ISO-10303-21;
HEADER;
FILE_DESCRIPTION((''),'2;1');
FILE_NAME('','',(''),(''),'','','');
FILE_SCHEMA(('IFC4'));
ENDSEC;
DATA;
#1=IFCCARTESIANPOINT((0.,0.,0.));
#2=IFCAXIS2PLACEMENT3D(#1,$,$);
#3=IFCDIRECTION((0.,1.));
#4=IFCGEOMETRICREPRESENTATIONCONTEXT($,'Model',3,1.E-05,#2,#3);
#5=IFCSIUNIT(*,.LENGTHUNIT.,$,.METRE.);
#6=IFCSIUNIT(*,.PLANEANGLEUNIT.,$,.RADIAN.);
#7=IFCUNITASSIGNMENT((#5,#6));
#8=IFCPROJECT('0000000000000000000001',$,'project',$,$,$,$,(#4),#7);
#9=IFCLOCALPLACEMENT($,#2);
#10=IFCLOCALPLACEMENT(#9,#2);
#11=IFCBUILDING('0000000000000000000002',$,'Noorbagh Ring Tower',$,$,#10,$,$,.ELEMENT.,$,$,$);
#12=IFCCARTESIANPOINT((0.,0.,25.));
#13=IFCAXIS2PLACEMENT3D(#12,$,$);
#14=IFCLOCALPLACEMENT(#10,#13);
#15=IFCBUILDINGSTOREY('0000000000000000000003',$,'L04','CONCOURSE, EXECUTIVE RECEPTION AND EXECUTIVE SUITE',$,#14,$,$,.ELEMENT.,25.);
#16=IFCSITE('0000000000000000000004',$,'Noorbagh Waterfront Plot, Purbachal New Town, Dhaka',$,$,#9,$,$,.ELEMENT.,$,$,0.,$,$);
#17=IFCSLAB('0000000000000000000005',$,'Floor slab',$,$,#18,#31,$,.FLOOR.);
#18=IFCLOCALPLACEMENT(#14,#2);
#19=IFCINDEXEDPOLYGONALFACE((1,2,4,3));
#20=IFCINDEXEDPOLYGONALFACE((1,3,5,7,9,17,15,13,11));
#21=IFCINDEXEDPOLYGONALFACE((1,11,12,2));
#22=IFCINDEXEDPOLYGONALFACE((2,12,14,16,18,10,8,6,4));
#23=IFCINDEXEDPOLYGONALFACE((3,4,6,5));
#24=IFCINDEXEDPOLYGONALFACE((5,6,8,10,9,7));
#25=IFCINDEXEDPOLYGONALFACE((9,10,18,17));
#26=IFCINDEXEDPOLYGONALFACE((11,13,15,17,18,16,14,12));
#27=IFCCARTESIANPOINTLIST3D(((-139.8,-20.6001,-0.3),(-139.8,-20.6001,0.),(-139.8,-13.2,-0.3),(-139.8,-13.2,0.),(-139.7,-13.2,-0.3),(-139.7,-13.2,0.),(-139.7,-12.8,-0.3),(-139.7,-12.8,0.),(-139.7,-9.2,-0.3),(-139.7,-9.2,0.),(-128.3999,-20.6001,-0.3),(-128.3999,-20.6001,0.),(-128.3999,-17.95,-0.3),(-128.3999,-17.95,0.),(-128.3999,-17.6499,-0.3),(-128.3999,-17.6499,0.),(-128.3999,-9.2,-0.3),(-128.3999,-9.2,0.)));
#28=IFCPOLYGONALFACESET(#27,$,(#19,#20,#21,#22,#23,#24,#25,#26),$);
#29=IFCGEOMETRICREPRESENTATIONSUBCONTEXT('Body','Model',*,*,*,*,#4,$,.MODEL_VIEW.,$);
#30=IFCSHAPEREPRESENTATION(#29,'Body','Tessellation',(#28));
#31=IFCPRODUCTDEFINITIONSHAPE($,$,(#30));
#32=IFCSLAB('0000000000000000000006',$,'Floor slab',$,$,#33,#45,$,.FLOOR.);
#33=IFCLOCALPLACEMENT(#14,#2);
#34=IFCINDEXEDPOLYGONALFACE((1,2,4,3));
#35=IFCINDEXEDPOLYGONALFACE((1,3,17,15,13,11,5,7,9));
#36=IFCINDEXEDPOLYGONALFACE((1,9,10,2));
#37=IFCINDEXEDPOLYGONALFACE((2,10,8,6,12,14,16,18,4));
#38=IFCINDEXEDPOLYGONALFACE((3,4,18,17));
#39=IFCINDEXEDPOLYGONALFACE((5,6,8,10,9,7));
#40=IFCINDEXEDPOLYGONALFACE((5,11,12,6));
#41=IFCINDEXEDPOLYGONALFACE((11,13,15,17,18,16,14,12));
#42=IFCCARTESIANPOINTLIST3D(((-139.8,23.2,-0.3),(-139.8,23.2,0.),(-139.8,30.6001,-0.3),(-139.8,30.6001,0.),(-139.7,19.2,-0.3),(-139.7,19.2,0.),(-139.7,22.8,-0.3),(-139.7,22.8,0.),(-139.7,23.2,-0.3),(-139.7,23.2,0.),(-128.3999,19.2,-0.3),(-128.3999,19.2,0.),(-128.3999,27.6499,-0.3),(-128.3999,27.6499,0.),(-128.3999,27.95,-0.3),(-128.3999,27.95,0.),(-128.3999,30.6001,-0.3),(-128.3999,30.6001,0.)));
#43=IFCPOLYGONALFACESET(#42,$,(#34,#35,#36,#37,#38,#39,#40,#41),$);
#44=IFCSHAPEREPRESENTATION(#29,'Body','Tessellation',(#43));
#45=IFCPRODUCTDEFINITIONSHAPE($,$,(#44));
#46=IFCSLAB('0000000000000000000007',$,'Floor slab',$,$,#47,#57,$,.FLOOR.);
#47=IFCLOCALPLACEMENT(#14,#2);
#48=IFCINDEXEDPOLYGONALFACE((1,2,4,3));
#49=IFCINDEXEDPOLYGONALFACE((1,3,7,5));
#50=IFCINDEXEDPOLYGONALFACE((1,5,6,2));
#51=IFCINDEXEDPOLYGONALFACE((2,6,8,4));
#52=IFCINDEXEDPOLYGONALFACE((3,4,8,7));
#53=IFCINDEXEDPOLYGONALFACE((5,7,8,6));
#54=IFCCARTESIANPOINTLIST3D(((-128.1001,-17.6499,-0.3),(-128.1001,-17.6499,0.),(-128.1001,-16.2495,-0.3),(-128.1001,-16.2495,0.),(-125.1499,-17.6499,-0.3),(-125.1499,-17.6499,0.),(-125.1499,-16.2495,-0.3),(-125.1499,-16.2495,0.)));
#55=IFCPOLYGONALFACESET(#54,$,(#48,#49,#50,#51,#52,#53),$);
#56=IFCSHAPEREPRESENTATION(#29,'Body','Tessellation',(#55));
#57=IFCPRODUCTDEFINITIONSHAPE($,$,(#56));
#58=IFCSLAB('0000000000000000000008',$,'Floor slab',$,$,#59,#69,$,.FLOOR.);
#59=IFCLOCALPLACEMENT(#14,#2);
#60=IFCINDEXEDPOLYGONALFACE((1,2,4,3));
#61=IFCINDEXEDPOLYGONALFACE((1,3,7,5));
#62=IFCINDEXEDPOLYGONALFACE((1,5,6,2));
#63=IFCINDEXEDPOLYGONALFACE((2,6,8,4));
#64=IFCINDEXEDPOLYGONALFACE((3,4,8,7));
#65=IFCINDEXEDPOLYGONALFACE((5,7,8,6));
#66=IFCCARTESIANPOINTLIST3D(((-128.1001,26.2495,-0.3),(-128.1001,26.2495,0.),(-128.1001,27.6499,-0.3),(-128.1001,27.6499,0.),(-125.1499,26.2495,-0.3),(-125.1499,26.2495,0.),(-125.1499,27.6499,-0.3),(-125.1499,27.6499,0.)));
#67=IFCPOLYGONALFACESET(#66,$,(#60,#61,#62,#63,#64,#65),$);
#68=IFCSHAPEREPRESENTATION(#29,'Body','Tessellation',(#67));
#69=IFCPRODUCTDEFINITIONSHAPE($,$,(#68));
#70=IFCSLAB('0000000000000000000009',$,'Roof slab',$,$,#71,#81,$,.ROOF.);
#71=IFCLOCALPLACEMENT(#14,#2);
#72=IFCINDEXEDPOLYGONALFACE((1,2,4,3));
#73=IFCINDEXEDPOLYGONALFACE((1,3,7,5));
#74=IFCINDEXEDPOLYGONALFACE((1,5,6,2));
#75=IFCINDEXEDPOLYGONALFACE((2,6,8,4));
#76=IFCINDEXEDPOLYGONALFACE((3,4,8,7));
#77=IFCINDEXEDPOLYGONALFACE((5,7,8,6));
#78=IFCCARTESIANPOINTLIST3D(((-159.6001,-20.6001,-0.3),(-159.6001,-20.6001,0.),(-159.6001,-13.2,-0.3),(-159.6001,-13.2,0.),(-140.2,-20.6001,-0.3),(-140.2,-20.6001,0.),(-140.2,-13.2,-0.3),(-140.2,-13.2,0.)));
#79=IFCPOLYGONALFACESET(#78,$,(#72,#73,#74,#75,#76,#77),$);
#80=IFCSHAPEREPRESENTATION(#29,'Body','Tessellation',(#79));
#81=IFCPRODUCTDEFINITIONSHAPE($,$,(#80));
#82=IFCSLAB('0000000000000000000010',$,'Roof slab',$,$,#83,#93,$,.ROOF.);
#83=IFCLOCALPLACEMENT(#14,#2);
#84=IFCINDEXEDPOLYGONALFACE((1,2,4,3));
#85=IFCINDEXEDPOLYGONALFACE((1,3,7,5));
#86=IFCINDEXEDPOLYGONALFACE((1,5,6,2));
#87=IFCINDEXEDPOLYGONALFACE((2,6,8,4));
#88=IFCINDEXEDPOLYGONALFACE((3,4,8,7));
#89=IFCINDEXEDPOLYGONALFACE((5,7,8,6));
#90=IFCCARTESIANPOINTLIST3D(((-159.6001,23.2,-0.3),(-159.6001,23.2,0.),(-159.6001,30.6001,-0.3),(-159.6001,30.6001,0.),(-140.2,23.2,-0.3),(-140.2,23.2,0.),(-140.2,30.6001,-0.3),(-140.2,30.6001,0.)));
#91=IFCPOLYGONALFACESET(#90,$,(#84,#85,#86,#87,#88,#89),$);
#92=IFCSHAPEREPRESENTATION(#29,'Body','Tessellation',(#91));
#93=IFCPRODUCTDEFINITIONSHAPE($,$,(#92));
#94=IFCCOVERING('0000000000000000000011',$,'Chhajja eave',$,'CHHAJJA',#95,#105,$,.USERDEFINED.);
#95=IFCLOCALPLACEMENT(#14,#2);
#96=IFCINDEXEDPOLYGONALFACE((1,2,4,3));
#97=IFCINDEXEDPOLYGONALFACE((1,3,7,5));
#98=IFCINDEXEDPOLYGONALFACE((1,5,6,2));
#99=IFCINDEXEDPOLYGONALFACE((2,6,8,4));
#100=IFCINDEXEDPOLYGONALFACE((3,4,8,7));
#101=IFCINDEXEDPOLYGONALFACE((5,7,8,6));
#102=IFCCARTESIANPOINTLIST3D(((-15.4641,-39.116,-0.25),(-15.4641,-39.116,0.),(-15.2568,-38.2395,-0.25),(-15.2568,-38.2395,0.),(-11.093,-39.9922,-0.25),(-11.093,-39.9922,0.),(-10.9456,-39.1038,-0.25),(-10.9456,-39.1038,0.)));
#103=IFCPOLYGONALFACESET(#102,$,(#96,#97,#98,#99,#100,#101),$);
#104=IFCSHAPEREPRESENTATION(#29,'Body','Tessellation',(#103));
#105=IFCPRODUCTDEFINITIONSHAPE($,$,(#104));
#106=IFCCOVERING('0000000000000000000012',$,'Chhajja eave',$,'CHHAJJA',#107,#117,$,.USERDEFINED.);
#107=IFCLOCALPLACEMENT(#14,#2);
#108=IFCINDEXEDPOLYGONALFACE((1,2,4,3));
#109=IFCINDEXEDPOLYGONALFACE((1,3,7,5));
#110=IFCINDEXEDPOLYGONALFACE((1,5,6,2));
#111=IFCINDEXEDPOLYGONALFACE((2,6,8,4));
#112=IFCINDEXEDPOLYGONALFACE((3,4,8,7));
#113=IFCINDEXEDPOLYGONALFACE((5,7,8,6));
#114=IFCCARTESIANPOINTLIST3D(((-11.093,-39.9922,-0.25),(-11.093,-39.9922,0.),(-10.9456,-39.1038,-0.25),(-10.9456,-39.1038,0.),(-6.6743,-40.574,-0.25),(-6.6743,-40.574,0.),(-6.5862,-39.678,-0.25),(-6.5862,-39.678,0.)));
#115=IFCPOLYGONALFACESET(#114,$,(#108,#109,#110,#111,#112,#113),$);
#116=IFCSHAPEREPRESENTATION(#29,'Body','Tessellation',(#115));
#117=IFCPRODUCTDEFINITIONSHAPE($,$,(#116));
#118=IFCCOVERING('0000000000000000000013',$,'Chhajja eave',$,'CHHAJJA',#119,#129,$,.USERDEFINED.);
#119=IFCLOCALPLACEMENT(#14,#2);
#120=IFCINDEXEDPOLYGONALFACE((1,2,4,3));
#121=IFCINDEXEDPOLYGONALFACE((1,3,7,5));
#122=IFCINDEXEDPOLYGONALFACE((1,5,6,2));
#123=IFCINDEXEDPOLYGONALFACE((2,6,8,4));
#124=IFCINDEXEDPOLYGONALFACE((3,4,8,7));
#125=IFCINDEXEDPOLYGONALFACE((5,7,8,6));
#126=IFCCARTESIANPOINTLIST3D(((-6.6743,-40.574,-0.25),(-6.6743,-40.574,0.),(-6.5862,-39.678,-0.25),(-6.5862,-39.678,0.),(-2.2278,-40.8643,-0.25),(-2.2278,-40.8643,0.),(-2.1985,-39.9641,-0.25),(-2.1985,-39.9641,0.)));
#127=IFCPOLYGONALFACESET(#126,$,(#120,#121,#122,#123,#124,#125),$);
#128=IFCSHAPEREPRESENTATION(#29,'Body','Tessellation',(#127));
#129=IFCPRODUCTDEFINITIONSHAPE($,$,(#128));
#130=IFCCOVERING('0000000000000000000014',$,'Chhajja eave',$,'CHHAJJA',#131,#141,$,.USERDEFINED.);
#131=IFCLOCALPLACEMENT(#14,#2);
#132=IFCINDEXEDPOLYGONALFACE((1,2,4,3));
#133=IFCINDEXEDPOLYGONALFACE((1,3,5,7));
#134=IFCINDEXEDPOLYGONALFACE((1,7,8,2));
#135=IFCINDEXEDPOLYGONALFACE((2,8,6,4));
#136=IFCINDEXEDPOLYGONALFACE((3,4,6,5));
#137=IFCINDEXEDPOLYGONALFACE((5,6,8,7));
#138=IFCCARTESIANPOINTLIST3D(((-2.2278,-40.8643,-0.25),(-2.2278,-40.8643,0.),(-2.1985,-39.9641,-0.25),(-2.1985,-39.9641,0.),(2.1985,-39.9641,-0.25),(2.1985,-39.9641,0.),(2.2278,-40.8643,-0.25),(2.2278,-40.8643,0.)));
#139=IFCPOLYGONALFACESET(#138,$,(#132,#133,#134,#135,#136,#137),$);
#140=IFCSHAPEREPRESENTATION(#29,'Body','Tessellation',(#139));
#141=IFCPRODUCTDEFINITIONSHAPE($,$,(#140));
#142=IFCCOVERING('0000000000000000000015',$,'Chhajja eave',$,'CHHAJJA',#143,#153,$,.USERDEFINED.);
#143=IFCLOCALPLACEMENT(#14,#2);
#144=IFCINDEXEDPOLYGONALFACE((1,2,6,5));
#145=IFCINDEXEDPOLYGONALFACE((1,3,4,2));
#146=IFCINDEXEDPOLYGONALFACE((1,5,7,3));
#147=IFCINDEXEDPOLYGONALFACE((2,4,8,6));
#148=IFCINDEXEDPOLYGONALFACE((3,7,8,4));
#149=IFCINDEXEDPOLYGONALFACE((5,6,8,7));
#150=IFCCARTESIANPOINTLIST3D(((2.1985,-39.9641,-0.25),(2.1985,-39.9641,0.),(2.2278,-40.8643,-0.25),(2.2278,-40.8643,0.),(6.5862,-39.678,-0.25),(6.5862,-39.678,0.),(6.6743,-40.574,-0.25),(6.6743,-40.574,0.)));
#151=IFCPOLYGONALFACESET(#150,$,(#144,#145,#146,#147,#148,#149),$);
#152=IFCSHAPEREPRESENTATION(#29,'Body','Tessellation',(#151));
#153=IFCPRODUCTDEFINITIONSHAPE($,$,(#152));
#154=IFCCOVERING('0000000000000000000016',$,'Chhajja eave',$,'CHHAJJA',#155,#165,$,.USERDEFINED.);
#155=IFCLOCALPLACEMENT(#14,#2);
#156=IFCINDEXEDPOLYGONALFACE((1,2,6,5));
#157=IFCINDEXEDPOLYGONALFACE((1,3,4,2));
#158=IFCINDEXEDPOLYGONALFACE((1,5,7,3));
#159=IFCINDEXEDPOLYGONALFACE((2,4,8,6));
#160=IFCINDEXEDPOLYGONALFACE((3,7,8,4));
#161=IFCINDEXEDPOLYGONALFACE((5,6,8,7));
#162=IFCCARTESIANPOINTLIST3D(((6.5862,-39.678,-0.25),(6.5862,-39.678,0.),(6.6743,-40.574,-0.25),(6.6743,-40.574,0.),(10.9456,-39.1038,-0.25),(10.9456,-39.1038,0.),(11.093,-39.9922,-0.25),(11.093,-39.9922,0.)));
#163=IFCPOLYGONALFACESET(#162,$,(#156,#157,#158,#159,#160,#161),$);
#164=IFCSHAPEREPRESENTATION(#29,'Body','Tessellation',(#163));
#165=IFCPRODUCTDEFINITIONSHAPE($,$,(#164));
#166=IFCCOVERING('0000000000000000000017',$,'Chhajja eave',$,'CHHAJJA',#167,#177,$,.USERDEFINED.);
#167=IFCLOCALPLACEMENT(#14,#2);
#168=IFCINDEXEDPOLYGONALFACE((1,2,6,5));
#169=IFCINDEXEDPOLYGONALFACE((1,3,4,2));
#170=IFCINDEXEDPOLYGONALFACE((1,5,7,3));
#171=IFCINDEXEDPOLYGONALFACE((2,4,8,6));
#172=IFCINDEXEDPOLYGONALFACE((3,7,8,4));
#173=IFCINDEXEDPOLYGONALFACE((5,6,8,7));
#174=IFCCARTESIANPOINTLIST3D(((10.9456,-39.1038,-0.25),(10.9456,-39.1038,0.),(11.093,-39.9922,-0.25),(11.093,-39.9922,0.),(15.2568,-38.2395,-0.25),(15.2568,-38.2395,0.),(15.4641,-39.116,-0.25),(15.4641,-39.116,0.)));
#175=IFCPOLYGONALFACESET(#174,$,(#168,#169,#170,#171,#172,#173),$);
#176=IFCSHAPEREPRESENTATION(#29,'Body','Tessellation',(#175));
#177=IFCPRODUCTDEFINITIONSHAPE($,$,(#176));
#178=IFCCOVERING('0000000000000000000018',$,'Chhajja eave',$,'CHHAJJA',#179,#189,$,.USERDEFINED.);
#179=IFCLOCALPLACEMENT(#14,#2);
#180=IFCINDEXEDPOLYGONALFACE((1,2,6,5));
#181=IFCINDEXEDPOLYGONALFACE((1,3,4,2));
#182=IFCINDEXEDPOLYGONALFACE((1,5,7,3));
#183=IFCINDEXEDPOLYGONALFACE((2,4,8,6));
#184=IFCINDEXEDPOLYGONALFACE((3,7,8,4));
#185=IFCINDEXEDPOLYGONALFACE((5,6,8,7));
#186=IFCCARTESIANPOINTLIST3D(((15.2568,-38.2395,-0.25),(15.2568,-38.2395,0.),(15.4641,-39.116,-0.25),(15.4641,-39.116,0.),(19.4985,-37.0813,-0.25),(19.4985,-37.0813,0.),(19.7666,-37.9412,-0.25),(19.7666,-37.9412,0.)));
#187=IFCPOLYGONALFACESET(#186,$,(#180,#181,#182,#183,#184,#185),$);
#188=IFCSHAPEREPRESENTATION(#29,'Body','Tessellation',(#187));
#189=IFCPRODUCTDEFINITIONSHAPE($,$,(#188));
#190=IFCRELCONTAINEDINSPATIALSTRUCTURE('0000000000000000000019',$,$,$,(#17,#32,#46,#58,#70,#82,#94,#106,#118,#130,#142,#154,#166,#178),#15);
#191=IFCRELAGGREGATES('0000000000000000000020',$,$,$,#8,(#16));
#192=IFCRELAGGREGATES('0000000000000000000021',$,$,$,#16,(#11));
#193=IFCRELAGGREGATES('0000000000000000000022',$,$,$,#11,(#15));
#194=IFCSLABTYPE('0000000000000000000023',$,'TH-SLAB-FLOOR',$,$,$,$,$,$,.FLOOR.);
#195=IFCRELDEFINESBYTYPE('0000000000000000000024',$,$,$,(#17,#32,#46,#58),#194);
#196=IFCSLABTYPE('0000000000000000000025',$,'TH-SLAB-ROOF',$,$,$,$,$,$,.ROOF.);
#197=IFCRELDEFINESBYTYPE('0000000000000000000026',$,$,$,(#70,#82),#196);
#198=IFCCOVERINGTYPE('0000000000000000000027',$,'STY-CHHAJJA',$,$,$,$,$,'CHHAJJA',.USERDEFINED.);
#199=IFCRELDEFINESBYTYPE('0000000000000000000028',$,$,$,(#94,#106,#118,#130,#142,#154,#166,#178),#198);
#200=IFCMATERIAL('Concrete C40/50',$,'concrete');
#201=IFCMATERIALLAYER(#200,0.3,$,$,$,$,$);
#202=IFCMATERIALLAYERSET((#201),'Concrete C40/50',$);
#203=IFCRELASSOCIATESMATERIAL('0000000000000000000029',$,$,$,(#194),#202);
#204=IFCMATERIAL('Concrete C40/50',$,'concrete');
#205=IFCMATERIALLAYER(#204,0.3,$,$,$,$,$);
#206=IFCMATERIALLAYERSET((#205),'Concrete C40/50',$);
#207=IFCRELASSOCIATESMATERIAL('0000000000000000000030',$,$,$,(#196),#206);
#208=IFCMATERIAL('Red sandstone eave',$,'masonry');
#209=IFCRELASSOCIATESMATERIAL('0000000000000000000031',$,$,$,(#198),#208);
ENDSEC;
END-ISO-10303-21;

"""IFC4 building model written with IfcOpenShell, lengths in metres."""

from ifc_helpers import new_model, si_unit, direction, frame, origin, place, context, subcontext, project, spatial, polyline, outline, extrude, material, layer, layer_set, type_object, element, save


model = new_model("IFC4")

# Units and contexts
model_context = context("Model", 3, precision=1e-05, world=origin(), true_north=direction((0.0, 1.0)))
body_context = subcontext(model_context, "Body", "Model", "MODEL_VIEW")
ifc_project = project(units=[si_unit("LENGTHUNIT", "METRE"), si_unit("PLANEANGLEUNIT", "RADIAN")], contexts=[model_context])

# Site, building, storey
site_placement = place(None, origin())
site = spatial("IfcSite", under=ifc_project, at=site_placement, Name="Noorbagh Waterfront Plot, Purbachal New Town, Dhaka", CompositionType="ELEMENT", RefElevation=0.0)
building_placement = place(site_placement, origin())
building = spatial("IfcBuilding", under=site, at=building_placement, Name="Noorbagh Ring Tower", CompositionType="ELEMENT")
storey_placement = place(building_placement, frame((0.0, 0.0, 25.0)))
storey = spatial("IfcBuildingStorey", under=building, at=storey_placement, Name="L04", Description="CONCOURSE, EXECUTIVE RECEPTION AND EXECUTIVE SUITE", CompositionType="ELEMENT", Elevation=25.0)

# Slabs
ifc_material_1 = material(Name="Concrete C40/50", Category="concrete")
ifc_layer_1 = layer(ifc_material_1, 0.3)
ifc_layer_set_1 = layer_set([ifc_layer_1], Name="Concrete C40/50")
slab_type_1 = type_object("IfcSlabType", Name="TH-SLAB-FLOOR", PredefinedType="FLOOR", material=ifc_layer_set_1)
slab_1_placement = place(storey_placement, frame((0.0, 0.0, -0.3)))
element("IfcSlab", 1, at=slab_1_placement, inside=storey, type_object=slab_type_1, Name="Floor slab", PredefinedType="FLOOR", context=body_context, shape_type="SweptSolid", body=[
    extrude(outline(polyline([(-128.3999, -20.6001), (-128.3999, -17.95), (-128.3999, -17.6499), (-128.3999, -9.2), (-139.7, -9.2), (-139.7, -12.8), (-139.7, -13.2), (-139.8, -13.2), (-139.8, -20.6001), (-128.3999, -20.6001)])), origin(), (0.0, 0.0, 1.0), 0.3),
])
slab_2_placement = place(storey_placement, frame((0.0, 0.0, -0.3)))
element("IfcSlab", 2, at=slab_2_placement, inside=storey, type_object=slab_type_1, Name="Floor slab", PredefinedType="FLOOR", context=body_context, shape_type="SweptSolid", body=[
    extrude(outline(polyline([(-139.8, 30.6001), (-139.8, 23.2), (-139.7, 23.2), (-139.7, 22.8), (-139.7, 19.2), (-128.3999, 19.2), (-128.3999, 27.6499), (-128.3999, 27.95), (-128.3999, 30.6001), (-139.8, 30.6001)])), origin(), (0.0, 0.0, 1.0), 0.3),
])
slab_3_placement = place(storey_placement, frame((0.0, 0.0, -0.3)))
element("IfcSlab", 3, at=slab_3_placement, inside=storey, type_object=slab_type_1, Name="Floor slab", PredefinedType="FLOOR", context=body_context, shape_type="SweptSolid", body=[
    extrude(outline(polyline([(-128.1001, -16.2495), (-128.1001, -17.6499), (-125.1499, -17.6499), (-125.1499, -16.2495), (-128.1001, -16.2495)])), origin(), (0.0, 0.0, 1.0), 0.3),
])
slab_4_placement = place(storey_placement, frame((0.0, 0.0, -0.3)))
element("IfcSlab", 4, at=slab_4_placement, inside=storey, type_object=slab_type_1, Name="Floor slab", PredefinedType="FLOOR", context=body_context, shape_type="SweptSolid", body=[
    extrude(outline(polyline([(-125.1499, 27.6499), (-128.1001, 27.6499), (-128.1001, 26.2495), (-125.1499, 26.2495), (-125.1499, 27.6499)])), origin(), (0.0, 0.0, 1.0), 0.3),
])
ifc_material_2 = material(Name="Concrete C40/50", Category="concrete")
ifc_layer_2 = layer(ifc_material_2, 0.3)
ifc_layer_set_2 = layer_set([ifc_layer_2], Name="Concrete C40/50")
slab_type_2 = type_object("IfcSlabType", Name="TH-SLAB-ROOF", PredefinedType="ROOF", material=ifc_layer_set_2)
slab_5_placement = place(storey_placement, frame((0.0, 0.0, -0.3)))
element("IfcSlab", 5, at=slab_5_placement, inside=storey, type_object=slab_type_2, Name="Roof slab", PredefinedType="ROOF", context=body_context, shape_type="SweptSolid", body=[
    extrude(outline(polyline([(-140.2, -20.6001), (-140.2, -13.2), (-159.6001, -13.2), (-159.6001, -20.6001), (-140.2, -20.6001)])), origin(), (0.0, 0.0, 1.0), 0.3),
])
slab_6_placement = place(storey_placement, frame((0.0, 0.0, -0.3)))
element("IfcSlab", 6, at=slab_6_placement, inside=storey, type_object=slab_type_2, Name="Roof slab", PredefinedType="ROOF", context=body_context, shape_type="SweptSolid", body=[
    extrude(outline(polyline([(-159.6001, 30.6001), (-159.6001, 23.2), (-140.2, 23.2), (-140.2, 30.6001), (-159.6001, 30.6001)])), origin(), (0.0, 0.0, 1.0), 0.3),
])

# Coverings
ifc_material_3 = material(Name="Red sandstone eave", Category="masonry")
covering_type = type_object("IfcCoveringType", Name="STY-CHHAJJA", ElementType="CHHAJJA", PredefinedType="USERDEFINED", material=ifc_material_3)
covering_1_placement = place(storey_placement, frame((0.0, 0.0, -0.25)))
element("IfcCovering", 7, at=covering_1_placement, inside=storey, type_object=covering_type, Name="Chhajja eave", ObjectType="CHHAJJA", PredefinedType="USERDEFINED", context=body_context, shape_type="SweptSolid", body=[
    extrude(outline(polyline([(-15.2568, -38.2395), (-10.9456, -39.1038), (-11.093, -39.9922), (-15.4641, -39.116), (-15.2568, -38.2395)])), origin(), (0.0, 0.0, 1.0), 0.25),
])
covering_2_placement = place(storey_placement, frame((0.0, 0.0, -0.25)))
element("IfcCovering", 8, at=covering_2_placement, inside=storey, type_object=covering_type, Name="Chhajja eave", ObjectType="CHHAJJA", PredefinedType="USERDEFINED", context=body_context, shape_type="SweptSolid", body=[
    extrude(outline(polyline([(-10.9456, -39.1038), (-6.5862, -39.678), (-6.6743, -40.574), (-11.093, -39.9922), (-10.9456, -39.1038)])), origin(), (0.0, 0.0, 1.0), 0.25),
])
covering_3_placement = place(storey_placement, frame((0.0, 0.0, -0.25)))
element("IfcCovering", 9, at=covering_3_placement, inside=storey, type_object=covering_type, Name="Chhajja eave", ObjectType="CHHAJJA", PredefinedType="USERDEFINED", context=body_context, shape_type="SweptSolid", body=[
    extrude(outline(polyline([(-6.5862, -39.678), (-2.1985, -39.9641), (-2.2278, -40.8643), (-6.6743, -40.574), (-6.5862, -39.678)])), origin(), (0.0, 0.0, 1.0), 0.25),
])
covering_4_placement = place(storey_placement, frame((0.0, 0.0, -0.25)))
element("IfcCovering", 10, at=covering_4_placement, inside=storey, type_object=covering_type, Name="Chhajja eave", ObjectType="CHHAJJA", PredefinedType="USERDEFINED", context=body_context, shape_type="SweptSolid", body=[
    extrude(outline(polyline([(-2.1985, -39.9641), (2.1985, -39.9641), (2.2278, -40.8643), (-2.2278, -40.8643), (-2.1985, -39.9641)])), origin(), (0.0, 0.0, 1.0), 0.25),
])
covering_5_placement = place(storey_placement, frame((0.0, 0.0, -0.25)))
element("IfcCovering", 11, at=covering_5_placement, inside=storey, type_object=covering_type, Name="Chhajja eave", ObjectType="CHHAJJA", PredefinedType="USERDEFINED", context=body_context, shape_type="SweptSolid", body=[
    extrude(outline(polyline([(2.1985, -39.9641), (6.5862, -39.678), (6.6743, -40.574), (2.2278, -40.8643), (2.1985, -39.9641)])), origin(), (0.0, 0.0, 1.0), 0.25),
])
covering_6_placement = place(storey_placement, frame((0.0, 0.0, -0.25)))
element("IfcCovering", 12, at=covering_6_placement, inside=storey, type_object=covering_type, Name="Chhajja eave", ObjectType="CHHAJJA", PredefinedType="USERDEFINED", context=body_context, shape_type="SweptSolid", body=[
    extrude(outline(polyline([(6.5862, -39.678), (10.9456, -39.1038), (11.093, -39.9922), (6.6743, -40.574), (6.5862, -39.678)])), origin(), (0.0, 0.0, 1.0), 0.25),
])
covering_7_placement = place(storey_placement, frame((0.0, 0.0, -0.25)))
element("IfcCovering", 13, at=covering_7_placement, inside=storey, type_object=covering_type, Name="Chhajja eave", ObjectType="CHHAJJA", PredefinedType="USERDEFINED", context=body_context, shape_type="SweptSolid", body=[
    extrude(outline(polyline([(10.9456, -39.1038), (15.2568, -38.2395), (15.4641, -39.116), (11.093, -39.9922), (10.9456, -39.1038)])), origin(), (0.0, 0.0, 1.0), 0.25),
])
covering_8_placement = place(storey_placement, frame((0.0, 0.0, -0.25)))
element("IfcCovering", 14, at=covering_8_placement, inside=storey, type_object=covering_type, Name="Chhajja eave", ObjectType="CHHAJJA", PredefinedType="USERDEFINED", context=body_context, shape_type="SweptSolid", body=[
    extrude(outline(polyline([(15.2568, -38.2395), (19.4985, -37.0813), (19.7666, -37.9412), (15.4641, -39.116), (15.2568, -38.2395)])), origin(), (0.0, 0.0, 1.0), 0.25),
])

save(model, "model.ifc")
